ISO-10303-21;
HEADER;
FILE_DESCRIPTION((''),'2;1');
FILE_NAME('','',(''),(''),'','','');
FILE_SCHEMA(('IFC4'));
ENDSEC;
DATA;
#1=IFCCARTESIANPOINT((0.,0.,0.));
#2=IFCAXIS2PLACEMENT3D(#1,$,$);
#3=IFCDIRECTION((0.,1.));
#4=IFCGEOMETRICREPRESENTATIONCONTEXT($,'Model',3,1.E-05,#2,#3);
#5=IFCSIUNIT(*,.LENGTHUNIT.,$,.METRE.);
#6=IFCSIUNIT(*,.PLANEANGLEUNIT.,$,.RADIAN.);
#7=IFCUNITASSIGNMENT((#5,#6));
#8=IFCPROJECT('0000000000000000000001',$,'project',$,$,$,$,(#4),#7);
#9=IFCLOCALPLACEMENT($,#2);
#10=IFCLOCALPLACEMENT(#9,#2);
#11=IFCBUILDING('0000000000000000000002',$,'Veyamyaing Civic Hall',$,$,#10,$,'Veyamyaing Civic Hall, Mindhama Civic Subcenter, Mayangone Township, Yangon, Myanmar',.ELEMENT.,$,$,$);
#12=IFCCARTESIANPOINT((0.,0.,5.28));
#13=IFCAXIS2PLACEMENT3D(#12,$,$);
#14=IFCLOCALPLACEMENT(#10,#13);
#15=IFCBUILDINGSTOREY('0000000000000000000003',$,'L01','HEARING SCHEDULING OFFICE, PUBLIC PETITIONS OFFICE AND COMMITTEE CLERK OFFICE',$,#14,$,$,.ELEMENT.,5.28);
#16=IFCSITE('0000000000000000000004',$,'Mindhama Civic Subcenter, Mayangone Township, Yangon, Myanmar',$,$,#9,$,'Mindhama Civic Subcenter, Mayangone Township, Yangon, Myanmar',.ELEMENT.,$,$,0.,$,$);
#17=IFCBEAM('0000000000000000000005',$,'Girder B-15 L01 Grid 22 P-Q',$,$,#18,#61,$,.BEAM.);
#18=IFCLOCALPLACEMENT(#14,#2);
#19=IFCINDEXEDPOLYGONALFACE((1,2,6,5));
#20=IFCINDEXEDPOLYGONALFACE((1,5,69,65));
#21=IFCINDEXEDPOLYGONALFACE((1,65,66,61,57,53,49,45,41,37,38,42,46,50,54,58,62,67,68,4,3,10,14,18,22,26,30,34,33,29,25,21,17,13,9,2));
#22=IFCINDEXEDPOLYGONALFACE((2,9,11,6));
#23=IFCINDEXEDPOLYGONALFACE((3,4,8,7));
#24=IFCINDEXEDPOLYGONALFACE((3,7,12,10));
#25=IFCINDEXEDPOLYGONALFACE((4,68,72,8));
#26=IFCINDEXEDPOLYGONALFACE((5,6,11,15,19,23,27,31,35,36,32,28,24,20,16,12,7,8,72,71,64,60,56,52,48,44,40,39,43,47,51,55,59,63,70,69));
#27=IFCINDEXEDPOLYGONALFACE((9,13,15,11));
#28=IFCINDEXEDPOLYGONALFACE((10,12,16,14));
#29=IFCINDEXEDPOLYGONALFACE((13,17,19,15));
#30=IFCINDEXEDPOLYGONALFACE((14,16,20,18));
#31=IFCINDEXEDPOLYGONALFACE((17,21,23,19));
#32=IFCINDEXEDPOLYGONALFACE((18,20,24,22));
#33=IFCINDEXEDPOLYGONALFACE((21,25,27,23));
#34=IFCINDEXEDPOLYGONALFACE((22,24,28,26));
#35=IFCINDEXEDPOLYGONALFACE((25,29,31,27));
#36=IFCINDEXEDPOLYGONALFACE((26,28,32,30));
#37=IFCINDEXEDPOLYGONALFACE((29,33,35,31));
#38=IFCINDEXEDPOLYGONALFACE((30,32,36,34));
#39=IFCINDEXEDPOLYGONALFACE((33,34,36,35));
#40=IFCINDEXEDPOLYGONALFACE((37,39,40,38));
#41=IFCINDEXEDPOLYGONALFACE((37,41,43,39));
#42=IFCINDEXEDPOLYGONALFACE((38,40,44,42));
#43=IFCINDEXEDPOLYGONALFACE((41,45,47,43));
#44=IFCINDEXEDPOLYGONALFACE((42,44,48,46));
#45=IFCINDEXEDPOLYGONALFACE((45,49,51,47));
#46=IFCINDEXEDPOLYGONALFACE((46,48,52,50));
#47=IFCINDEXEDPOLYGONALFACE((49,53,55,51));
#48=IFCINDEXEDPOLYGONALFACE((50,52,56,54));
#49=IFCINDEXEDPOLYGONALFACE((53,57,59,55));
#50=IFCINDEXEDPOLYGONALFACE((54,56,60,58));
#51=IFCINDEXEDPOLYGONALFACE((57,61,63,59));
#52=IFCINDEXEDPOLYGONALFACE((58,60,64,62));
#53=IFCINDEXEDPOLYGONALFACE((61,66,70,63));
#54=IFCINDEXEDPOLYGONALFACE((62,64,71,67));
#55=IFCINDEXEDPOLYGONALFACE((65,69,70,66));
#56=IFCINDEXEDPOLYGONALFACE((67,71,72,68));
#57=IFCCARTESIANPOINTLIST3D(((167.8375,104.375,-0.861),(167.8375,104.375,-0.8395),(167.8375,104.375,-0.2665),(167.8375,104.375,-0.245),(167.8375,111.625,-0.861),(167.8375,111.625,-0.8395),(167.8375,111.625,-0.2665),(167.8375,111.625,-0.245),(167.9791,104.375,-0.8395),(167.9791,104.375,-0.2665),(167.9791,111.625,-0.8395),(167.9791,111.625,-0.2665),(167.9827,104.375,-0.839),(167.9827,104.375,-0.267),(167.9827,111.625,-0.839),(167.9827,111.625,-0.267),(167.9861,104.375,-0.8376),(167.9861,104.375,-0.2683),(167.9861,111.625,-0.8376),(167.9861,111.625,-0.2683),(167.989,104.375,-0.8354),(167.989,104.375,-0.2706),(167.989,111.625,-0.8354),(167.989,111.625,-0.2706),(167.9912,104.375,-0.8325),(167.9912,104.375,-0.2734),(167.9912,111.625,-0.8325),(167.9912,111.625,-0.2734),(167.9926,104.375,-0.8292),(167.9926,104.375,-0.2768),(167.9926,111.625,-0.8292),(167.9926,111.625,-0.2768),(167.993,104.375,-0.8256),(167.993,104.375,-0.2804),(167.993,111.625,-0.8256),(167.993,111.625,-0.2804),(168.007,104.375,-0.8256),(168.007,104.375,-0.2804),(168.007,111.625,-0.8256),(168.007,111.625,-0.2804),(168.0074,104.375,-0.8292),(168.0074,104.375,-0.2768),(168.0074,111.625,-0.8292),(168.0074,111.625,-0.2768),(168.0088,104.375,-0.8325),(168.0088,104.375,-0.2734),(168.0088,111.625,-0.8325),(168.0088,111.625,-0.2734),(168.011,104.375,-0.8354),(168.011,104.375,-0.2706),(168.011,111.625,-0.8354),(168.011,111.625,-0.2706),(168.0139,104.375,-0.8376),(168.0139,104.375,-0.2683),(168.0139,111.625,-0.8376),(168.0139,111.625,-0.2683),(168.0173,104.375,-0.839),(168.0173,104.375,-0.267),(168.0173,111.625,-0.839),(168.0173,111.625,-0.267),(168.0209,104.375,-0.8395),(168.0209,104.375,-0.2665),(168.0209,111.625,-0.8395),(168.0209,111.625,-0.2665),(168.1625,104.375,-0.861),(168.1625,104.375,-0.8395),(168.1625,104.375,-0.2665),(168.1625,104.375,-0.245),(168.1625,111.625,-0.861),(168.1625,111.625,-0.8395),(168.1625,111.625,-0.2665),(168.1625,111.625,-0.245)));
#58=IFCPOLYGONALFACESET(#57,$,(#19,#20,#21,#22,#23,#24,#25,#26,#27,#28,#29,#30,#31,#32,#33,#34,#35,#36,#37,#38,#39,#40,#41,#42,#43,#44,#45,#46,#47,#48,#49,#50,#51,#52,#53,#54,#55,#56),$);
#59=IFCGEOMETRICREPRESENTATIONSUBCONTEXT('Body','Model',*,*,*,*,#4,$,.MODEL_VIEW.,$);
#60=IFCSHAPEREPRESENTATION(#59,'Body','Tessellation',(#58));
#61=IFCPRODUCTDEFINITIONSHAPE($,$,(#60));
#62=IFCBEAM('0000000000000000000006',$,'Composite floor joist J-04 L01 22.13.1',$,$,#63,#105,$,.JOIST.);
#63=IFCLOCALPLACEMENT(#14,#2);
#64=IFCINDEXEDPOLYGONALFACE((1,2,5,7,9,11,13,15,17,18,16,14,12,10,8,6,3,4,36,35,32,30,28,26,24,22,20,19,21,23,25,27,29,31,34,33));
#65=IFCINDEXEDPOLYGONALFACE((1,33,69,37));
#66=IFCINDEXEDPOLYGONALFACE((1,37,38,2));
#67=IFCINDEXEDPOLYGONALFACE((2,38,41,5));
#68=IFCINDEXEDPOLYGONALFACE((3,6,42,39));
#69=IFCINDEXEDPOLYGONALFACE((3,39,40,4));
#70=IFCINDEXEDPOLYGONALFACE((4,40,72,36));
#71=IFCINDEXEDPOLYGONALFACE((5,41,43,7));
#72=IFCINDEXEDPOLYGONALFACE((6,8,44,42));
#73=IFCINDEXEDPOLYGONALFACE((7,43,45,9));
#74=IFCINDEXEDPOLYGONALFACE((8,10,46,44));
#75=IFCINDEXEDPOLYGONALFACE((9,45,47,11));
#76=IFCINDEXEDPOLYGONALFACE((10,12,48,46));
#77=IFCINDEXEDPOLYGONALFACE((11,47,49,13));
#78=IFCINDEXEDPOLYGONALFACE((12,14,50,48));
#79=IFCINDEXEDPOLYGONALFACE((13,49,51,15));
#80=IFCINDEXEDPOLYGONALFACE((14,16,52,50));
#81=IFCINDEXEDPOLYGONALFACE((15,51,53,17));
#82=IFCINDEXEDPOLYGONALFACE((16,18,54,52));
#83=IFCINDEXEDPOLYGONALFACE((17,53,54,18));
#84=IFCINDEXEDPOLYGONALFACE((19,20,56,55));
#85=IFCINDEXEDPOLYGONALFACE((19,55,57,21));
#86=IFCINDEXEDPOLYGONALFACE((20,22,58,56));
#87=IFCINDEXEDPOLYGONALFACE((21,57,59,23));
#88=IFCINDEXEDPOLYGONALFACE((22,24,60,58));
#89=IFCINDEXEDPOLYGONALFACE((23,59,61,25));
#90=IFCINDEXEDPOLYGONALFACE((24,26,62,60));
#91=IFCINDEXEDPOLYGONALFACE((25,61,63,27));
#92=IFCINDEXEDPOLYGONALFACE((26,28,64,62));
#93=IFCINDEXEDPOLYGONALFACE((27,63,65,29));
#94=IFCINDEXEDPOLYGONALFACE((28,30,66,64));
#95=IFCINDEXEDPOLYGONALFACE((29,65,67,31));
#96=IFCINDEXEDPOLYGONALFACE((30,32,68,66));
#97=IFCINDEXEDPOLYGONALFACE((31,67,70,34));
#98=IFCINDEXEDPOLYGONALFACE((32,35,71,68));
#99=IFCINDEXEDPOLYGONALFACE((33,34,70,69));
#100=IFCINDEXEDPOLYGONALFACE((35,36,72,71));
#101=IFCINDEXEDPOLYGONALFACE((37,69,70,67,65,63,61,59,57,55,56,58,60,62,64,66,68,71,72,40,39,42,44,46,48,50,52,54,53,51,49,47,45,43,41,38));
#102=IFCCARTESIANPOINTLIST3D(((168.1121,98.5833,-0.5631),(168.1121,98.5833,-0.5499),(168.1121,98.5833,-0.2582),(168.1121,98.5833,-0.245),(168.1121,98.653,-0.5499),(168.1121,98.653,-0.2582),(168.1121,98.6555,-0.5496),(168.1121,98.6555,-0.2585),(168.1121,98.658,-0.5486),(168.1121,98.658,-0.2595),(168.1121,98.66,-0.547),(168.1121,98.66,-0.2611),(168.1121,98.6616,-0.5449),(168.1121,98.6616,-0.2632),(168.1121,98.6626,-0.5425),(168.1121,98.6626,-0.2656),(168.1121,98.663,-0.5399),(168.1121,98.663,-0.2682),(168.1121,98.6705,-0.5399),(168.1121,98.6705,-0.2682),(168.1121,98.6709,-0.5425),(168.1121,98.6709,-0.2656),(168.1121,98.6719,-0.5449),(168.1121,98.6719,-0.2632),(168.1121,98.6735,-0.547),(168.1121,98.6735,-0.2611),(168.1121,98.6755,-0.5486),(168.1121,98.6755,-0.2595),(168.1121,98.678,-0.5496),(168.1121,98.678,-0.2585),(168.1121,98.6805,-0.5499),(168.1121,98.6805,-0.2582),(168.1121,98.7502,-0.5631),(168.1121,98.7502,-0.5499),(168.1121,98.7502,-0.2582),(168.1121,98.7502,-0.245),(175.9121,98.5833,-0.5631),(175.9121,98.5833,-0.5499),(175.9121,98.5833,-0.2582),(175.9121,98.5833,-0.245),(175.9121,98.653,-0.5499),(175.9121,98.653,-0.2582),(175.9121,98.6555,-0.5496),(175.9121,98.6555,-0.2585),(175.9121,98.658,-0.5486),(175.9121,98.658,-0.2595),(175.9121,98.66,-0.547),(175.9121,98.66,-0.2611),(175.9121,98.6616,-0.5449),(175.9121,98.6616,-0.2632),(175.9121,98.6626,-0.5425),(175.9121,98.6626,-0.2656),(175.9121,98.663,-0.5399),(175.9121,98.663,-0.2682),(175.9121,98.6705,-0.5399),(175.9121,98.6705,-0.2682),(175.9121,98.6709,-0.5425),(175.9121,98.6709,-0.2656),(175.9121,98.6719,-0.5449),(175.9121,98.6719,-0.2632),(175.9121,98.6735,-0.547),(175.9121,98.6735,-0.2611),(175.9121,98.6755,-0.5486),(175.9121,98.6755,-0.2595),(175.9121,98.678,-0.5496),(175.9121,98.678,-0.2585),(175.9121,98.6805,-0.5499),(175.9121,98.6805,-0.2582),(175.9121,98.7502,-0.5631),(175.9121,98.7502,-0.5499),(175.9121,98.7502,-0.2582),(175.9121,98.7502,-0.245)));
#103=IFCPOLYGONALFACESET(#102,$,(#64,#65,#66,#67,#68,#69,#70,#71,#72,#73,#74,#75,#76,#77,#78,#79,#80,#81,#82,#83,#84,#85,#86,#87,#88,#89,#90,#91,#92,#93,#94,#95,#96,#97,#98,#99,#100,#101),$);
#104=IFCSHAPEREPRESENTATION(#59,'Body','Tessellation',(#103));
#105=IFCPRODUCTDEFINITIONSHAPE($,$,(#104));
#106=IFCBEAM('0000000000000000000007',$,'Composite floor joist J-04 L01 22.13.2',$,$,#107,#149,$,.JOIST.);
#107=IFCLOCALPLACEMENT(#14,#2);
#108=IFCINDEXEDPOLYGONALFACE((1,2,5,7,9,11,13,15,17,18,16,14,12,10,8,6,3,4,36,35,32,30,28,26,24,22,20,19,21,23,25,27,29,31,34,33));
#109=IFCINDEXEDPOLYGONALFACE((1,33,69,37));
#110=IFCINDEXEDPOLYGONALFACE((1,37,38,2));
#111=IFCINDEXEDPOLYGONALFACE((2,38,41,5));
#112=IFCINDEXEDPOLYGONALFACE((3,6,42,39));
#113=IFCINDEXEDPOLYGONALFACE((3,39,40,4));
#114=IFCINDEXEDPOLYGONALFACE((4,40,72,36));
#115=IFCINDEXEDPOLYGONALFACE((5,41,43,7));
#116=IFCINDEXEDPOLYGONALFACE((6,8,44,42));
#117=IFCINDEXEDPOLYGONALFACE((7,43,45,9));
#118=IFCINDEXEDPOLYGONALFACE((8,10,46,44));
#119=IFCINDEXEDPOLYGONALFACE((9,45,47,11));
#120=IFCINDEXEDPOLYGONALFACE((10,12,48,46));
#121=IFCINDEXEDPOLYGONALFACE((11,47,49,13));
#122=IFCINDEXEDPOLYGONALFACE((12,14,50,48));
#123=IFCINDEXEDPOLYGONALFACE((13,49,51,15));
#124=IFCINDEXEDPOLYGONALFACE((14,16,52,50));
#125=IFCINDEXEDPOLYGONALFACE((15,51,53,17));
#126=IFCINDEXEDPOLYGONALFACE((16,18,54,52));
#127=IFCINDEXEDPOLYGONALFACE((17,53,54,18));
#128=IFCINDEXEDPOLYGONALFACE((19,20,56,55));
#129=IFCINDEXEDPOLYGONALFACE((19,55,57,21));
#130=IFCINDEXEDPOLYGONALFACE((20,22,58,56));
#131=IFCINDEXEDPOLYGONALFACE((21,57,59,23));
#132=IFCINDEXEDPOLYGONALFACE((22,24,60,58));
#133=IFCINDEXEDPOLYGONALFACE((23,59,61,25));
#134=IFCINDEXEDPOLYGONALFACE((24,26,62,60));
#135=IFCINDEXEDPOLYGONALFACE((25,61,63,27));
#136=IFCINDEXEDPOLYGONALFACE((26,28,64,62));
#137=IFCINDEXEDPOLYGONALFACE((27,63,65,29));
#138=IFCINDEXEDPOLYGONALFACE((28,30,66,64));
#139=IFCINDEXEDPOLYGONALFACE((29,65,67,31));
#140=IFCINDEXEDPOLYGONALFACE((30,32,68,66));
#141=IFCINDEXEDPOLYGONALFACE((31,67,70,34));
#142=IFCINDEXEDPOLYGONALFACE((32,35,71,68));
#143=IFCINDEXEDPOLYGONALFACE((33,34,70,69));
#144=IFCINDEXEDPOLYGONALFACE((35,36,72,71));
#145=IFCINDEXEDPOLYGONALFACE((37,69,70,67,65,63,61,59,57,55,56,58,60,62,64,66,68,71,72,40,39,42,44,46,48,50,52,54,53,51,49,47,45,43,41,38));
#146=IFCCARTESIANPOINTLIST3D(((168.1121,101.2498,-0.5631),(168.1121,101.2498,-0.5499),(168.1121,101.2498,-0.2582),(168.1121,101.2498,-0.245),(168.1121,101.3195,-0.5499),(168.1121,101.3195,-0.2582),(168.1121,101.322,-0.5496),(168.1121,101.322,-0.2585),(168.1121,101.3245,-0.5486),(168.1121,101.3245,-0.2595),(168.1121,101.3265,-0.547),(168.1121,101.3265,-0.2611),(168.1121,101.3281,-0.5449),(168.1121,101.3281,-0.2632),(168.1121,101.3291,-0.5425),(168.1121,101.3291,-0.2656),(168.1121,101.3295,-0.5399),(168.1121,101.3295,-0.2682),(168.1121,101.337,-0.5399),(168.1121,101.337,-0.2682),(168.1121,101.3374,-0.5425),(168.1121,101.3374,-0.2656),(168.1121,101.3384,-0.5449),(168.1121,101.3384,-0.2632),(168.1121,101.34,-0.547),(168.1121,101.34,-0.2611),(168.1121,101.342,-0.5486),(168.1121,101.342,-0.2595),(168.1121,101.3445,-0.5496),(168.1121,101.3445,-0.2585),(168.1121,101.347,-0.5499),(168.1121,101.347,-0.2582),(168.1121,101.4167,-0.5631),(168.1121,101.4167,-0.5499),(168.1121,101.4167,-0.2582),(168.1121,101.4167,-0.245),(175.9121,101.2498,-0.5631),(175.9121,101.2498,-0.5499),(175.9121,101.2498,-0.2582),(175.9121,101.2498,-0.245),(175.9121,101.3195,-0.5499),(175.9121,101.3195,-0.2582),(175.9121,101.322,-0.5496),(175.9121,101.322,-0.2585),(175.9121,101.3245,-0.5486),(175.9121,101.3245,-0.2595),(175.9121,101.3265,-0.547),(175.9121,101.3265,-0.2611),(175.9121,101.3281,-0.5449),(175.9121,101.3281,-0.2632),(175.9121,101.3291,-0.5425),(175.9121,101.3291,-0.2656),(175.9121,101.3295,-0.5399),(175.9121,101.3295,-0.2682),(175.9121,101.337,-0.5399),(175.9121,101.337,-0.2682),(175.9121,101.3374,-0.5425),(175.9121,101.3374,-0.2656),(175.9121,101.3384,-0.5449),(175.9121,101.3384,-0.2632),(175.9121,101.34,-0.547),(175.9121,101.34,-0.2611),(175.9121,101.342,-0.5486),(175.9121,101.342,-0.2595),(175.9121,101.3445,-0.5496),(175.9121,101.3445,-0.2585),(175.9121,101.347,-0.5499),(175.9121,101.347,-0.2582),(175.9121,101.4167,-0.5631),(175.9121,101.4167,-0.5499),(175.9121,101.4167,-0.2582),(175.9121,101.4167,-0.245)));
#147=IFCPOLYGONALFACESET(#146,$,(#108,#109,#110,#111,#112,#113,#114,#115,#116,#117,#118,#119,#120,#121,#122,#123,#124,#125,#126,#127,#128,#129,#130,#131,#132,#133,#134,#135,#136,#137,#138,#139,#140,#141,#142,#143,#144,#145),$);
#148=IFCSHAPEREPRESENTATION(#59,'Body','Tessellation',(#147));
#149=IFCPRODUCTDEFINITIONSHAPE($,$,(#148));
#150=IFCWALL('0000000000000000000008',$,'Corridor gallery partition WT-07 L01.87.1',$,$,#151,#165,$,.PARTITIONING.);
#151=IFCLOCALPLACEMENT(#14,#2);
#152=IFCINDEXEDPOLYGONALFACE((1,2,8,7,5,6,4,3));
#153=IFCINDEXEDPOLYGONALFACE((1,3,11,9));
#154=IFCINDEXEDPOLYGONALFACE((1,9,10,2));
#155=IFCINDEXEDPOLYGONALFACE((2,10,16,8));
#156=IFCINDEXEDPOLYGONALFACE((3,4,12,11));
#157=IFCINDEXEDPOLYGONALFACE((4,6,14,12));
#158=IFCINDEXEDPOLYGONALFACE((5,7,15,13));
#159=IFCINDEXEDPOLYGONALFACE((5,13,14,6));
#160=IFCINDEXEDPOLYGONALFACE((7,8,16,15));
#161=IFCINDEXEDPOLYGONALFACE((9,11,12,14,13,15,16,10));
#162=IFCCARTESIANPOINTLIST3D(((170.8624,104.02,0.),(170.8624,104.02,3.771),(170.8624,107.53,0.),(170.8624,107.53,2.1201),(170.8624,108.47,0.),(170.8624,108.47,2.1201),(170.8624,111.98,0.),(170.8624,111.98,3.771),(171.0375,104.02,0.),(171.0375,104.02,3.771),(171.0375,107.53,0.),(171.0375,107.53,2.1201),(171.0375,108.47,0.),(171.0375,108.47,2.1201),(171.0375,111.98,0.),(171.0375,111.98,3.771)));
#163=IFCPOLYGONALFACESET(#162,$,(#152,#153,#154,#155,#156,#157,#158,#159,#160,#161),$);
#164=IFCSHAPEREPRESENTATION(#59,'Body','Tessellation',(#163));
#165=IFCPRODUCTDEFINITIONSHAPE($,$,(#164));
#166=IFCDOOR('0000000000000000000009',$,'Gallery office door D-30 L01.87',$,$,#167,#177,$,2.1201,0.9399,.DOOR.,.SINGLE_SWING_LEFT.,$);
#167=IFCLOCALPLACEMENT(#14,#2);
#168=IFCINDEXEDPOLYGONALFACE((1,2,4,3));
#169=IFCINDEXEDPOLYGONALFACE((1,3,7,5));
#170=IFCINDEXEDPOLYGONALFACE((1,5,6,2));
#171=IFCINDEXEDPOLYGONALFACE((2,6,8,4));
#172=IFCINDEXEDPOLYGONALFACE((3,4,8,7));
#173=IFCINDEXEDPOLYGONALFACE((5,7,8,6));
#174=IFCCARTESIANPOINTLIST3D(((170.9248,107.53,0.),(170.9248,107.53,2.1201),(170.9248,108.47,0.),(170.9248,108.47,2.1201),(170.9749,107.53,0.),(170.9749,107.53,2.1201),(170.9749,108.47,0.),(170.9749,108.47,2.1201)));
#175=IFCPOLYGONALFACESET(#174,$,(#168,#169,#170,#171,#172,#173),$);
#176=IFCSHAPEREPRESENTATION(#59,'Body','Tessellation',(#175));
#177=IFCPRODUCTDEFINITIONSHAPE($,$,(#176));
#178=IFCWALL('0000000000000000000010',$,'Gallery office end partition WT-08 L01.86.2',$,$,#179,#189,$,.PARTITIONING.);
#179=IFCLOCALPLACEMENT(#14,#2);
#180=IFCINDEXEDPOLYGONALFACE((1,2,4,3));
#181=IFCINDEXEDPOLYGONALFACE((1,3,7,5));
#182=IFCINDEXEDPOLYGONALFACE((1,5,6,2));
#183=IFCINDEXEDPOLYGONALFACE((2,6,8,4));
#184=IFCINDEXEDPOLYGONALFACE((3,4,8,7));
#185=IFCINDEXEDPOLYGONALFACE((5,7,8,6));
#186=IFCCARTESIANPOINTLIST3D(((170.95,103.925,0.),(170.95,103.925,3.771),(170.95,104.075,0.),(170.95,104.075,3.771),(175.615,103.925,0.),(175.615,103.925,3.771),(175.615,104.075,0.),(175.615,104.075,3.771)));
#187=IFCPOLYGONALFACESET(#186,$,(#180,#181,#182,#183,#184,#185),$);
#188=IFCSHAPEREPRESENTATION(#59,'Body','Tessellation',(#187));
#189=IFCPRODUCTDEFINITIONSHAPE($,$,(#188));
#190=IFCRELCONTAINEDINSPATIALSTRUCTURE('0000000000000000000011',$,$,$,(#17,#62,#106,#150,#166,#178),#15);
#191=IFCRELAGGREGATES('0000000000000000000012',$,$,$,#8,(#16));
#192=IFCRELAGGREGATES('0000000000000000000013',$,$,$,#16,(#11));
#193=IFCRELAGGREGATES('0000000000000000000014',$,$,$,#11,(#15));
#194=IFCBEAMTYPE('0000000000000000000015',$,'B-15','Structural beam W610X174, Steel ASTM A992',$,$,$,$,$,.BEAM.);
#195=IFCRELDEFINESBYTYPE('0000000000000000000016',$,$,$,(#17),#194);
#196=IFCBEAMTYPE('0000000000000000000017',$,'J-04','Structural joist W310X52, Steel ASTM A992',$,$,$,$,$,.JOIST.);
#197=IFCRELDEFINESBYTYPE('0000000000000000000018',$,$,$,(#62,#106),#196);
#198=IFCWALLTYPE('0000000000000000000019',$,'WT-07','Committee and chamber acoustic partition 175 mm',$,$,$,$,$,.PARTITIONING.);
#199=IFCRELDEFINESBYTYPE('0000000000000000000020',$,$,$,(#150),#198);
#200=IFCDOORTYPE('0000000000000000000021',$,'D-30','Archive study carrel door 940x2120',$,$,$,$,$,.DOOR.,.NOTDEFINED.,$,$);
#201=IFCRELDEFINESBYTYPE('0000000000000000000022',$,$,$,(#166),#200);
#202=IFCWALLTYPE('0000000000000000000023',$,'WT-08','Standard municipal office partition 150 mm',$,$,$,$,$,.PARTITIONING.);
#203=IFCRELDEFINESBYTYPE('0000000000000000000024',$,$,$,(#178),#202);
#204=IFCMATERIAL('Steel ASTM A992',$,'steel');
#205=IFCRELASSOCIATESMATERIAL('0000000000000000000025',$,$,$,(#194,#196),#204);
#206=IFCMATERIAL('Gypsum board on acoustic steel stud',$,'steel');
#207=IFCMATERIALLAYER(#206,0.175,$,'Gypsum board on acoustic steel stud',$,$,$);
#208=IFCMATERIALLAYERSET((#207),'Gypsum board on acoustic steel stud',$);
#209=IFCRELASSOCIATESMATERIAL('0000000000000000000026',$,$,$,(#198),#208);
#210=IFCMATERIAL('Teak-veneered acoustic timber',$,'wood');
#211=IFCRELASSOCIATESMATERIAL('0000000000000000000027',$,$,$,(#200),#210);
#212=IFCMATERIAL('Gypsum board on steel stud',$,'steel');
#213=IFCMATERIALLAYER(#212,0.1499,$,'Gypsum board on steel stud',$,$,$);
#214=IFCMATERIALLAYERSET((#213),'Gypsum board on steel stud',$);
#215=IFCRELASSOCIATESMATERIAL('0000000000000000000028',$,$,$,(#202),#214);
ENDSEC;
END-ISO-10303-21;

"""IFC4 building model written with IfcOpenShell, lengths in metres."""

from ifc_helpers import new_model, si_unit, direction, frame, frame_2d, origin, origin_2d, place, context, subcontext, project, spatial, rectangle, i_section, extrude, material, layer, layer_set, material_profile, profile_set, type_object, element, fill, save


model = new_model("IFC4")

# Units and contexts
model_context = context("Model", 3, precision=1e-05, world=origin(), true_north=direction((0.0, 1.0)))
body_context = subcontext(model_context, "Body", "Model", "MODEL_VIEW")
ifc_project = project(units=[si_unit("LENGTHUNIT", "METRE"), si_unit("PLANEANGLEUNIT", "RADIAN")], contexts=[model_context])

# Site, building, storey
site_placement = place(None, origin())
site = spatial("IfcSite", under=ifc_project, at=site_placement, Name="Mindhama Civic Subcenter, Mayangone Township, Yangon, Myanmar", LongName="Mindhama Civic Subcenter, Mayangone Township, Yangon, Myanmar", CompositionType="ELEMENT", RefElevation=0.0)
building_placement = place(site_placement, origin())
building = spatial("IfcBuilding", under=site, at=building_placement, Name="Veyamyaing Civic Hall", LongName="Veyamyaing Civic Hall, Mindhama Civic Subcenter, Mayangone Township, Yangon, Myanmar", CompositionType="ELEMENT")
storey_placement = place(building_placement, frame((0.0, 0.0, 5.28)))
storey = spatial("IfcBuildingStorey", under=building, at=storey_placement, Name="L01", Description="HEARING SCHEDULING OFFICE, PUBLIC PETITIONS OFFICE AND COMMITTEE CLERK OFFICE", CompositionType="ELEMENT", Elevation=5.28)

# Beams
ifc_material_1 = material(Name="Steel ASTM A992", Category="steel")
ifc_material_profile_1 = material_profile(ifc_material_1, i_section(OverallWidth=0.325, OverallDepth=0.616, WebThickness=0.0139, FlangeThickness=0.0215, FilletRadius=0.0139, at=origin_2d()), Name="W610X174")
ifc_profile_set_1 = profile_set([ifc_material_profile_1], Name="Steel ASTM A992")
beam_type_1 = type_object("IfcBeamType", Name="B-15", Description="Structural beam W610X174, Steel ASTM A992", PredefinedType="BEAM", material=ifc_profile_set_1)
beam_1_placement = place(storey_placement, frame((168.0, 104.375, -0.553), z_axis=(0.0, 1.0, 0.0), x_axis=(-1.0, 0.0, 0.0)))
element("IfcBeam", 1, at=beam_1_placement, inside=storey, type_object=beam_type_1, Name="Girder B-15 L01 Grid 22 P-Q", PredefinedType="BEAM", context=body_context, shape_type="SweptSolid", body=[
    extrude(i_section(OverallWidth=0.325, OverallDepth=0.616, WebThickness=0.0139, FlangeThickness=0.0215, FilletRadius=0.0139, at=origin_2d()), origin(), (0.0, 0.0, 1.0), 7.25),
])
ifc_material_profile_2 = material_profile(ifc_material_1, i_section(OverallWidth=0.167, OverallDepth=0.3181, WebThickness=0.0076, FlangeThickness=0.0132, FilletRadius=0.01, at=origin_2d()), Name="W310X52")
ifc_profile_set_2 = profile_set([ifc_material_profile_2], Name="Steel ASTM A992")
beam_type_2 = type_object("IfcBeamType", Name="J-04", Description="Structural joist W310X52, Steel ASTM A992", PredefinedType="JOIST", material=ifc_profile_set_2)
for number, where, z_axis, x_axis, name in (
    (2, (168.1121, 98.6667, -0.4041), (1.0, 0.0, 0.0), (0.0, 1.0, 0.0), "Composite floor joist J-04 L01 22.13.1"),
    (3, (168.1121, 101.3333, -0.4041), (1.0, 0.0, 0.0), (0.0, 1.0, 0.0), "Composite floor joist J-04 L01 22.13.2"),
):
    element("IfcBeam", number, at=place(storey_placement, frame(where, z_axis=z_axis, x_axis=x_axis)), inside=storey, type_object=beam_type_2, Name=name, PredefinedType="JOIST", context=body_context, shape_type="SweptSolid", body=[
        extrude(i_section(OverallWidth=0.167, OverallDepth=0.3181, WebThickness=0.0076, FlangeThickness=0.0132, FilletRadius=0.01, at=origin_2d()), origin(), (0.0, 0.0, 1.0), 7.8),
    ])

# Wall, opening, door
ifc_material_2 = material(Name="Gypsum board on acoustic steel stud", Category="steel")
ifc_layer_1 = layer(ifc_material_2, 0.175, Name="Gypsum board on acoustic steel stud")
ifc_layer_set_1 = layer_set([ifc_layer_1], Name="Gypsum board on acoustic steel stud")
wall_type_1 = type_object("IfcWallType", Name="WT-07", Description="Committee and chamber acoustic partition 175 mm", PredefinedType="PARTITIONING", material=ifc_layer_set_1)
wall_1_placement = place(storey_placement, frame((170.95, 104.02, 0.0), z_axis=(0.0, 0.0, 1.0), x_axis=(0.0, 1.0, 0.0)))
wall_1 = element("IfcWall", 4, at=wall_1_placement, inside=storey, type_object=wall_type_1, Name="Corridor gallery partition WT-07 L01.87.1", PredefinedType="PARTITIONING", context=body_context, shape_type="SweptSolid", body=[
    extrude(rectangle(XDim=7.96, YDim=0.175, at=frame_2d((3.98, 0.0))), origin(), (0.0, 0.0, 1.0), 3.771),
])
opening_1_placement = place(wall_1_placement, frame((3.51, 0.0, 0.0)))
opening_1 = element("IfcOpeningElement", 5, at=opening_1_placement, cuts=wall_1, PredefinedType="OPENING", context=body_context, shape_type="SweptSolid", body=[
    extrude(rectangle(XDim=0.9399, YDim=2.1201, at=frame_2d((0.47, 1.0601))), frame((0.0, 0.0974, 0.0), z_axis=(0.0, -1.0, 0.0), x_axis=(1.0, 0.0, 0.0)), (0.0, 0.0, 1.0), 0.1951),
])
ifc_material_3 = material(Name="Teak-veneered acoustic timber", Category="wood")
door_type_1 = type_object("IfcDoorType", Name="D-30", Description="Archive study carrel door 940x2120", OperationType="NOTDEFINED", PredefinedType="DOOR", material=ifc_material_3)
door_1_placement = place(opening_1_placement, frame((0.9399, 0.0, 0.0), z_axis=(0.0, 0.0, 1.0), x_axis=(-1.0, 0.0, 0.0)))
door_1 = element("IfcDoor", 6, at=door_1_placement, inside=storey, type_object=door_type_1, Name="Gallery office door D-30 L01.87", OperationType="SINGLE_SWING_LEFT", OverallHeight=2.1201, OverallWidth=0.9399, PredefinedType="DOOR", context=body_context, shape_type="SweptSolid", body=[
    extrude(rectangle(XDim=0.9399, YDim=2.1201, at=frame_2d((0.47, 1.0601))), frame((0.0, 0.0249, 0.0), z_axis=(0.0, -1.0, 0.0), x_axis=(1.0, 0.0, 0.0)), (0.0, 0.0, 1.0), 0.05),
])
fill(opening_1, door_1)

# Wall
ifc_material_4 = material(Name="Gypsum board on steel stud", Category="steel")
ifc_layer_2 = layer(ifc_material_4, 0.1499, Name="Gypsum board on steel stud")
ifc_layer_set_2 = layer_set([ifc_layer_2], Name="Gypsum board on steel stud")
wall_type_2 = type_object("IfcWallType", Name="WT-08", Description="Standard municipal office partition 150 mm", PredefinedType="PARTITIONING", material=ifc_layer_set_2)
wall_2_placement = place(storey_placement, frame((170.95, 104.0, 0.0), z_axis=(0.0, 0.0, 1.0), x_axis=(1.0, 0.0, 0.0)))
element("IfcWall", 7, at=wall_2_placement, inside=storey, type_object=wall_type_2, Name="Gallery office end partition WT-08 L01.86.2", PredefinedType="PARTITIONING", context=body_context, shape_type="SweptSolid", body=[
    extrude(rectangle(XDim=4.665, YDim=0.1499, at=frame_2d((2.3325, 0.0))), origin(), (0.0, 0.0, 1.0), 3.771),
])

save(model, "model.ifc")
